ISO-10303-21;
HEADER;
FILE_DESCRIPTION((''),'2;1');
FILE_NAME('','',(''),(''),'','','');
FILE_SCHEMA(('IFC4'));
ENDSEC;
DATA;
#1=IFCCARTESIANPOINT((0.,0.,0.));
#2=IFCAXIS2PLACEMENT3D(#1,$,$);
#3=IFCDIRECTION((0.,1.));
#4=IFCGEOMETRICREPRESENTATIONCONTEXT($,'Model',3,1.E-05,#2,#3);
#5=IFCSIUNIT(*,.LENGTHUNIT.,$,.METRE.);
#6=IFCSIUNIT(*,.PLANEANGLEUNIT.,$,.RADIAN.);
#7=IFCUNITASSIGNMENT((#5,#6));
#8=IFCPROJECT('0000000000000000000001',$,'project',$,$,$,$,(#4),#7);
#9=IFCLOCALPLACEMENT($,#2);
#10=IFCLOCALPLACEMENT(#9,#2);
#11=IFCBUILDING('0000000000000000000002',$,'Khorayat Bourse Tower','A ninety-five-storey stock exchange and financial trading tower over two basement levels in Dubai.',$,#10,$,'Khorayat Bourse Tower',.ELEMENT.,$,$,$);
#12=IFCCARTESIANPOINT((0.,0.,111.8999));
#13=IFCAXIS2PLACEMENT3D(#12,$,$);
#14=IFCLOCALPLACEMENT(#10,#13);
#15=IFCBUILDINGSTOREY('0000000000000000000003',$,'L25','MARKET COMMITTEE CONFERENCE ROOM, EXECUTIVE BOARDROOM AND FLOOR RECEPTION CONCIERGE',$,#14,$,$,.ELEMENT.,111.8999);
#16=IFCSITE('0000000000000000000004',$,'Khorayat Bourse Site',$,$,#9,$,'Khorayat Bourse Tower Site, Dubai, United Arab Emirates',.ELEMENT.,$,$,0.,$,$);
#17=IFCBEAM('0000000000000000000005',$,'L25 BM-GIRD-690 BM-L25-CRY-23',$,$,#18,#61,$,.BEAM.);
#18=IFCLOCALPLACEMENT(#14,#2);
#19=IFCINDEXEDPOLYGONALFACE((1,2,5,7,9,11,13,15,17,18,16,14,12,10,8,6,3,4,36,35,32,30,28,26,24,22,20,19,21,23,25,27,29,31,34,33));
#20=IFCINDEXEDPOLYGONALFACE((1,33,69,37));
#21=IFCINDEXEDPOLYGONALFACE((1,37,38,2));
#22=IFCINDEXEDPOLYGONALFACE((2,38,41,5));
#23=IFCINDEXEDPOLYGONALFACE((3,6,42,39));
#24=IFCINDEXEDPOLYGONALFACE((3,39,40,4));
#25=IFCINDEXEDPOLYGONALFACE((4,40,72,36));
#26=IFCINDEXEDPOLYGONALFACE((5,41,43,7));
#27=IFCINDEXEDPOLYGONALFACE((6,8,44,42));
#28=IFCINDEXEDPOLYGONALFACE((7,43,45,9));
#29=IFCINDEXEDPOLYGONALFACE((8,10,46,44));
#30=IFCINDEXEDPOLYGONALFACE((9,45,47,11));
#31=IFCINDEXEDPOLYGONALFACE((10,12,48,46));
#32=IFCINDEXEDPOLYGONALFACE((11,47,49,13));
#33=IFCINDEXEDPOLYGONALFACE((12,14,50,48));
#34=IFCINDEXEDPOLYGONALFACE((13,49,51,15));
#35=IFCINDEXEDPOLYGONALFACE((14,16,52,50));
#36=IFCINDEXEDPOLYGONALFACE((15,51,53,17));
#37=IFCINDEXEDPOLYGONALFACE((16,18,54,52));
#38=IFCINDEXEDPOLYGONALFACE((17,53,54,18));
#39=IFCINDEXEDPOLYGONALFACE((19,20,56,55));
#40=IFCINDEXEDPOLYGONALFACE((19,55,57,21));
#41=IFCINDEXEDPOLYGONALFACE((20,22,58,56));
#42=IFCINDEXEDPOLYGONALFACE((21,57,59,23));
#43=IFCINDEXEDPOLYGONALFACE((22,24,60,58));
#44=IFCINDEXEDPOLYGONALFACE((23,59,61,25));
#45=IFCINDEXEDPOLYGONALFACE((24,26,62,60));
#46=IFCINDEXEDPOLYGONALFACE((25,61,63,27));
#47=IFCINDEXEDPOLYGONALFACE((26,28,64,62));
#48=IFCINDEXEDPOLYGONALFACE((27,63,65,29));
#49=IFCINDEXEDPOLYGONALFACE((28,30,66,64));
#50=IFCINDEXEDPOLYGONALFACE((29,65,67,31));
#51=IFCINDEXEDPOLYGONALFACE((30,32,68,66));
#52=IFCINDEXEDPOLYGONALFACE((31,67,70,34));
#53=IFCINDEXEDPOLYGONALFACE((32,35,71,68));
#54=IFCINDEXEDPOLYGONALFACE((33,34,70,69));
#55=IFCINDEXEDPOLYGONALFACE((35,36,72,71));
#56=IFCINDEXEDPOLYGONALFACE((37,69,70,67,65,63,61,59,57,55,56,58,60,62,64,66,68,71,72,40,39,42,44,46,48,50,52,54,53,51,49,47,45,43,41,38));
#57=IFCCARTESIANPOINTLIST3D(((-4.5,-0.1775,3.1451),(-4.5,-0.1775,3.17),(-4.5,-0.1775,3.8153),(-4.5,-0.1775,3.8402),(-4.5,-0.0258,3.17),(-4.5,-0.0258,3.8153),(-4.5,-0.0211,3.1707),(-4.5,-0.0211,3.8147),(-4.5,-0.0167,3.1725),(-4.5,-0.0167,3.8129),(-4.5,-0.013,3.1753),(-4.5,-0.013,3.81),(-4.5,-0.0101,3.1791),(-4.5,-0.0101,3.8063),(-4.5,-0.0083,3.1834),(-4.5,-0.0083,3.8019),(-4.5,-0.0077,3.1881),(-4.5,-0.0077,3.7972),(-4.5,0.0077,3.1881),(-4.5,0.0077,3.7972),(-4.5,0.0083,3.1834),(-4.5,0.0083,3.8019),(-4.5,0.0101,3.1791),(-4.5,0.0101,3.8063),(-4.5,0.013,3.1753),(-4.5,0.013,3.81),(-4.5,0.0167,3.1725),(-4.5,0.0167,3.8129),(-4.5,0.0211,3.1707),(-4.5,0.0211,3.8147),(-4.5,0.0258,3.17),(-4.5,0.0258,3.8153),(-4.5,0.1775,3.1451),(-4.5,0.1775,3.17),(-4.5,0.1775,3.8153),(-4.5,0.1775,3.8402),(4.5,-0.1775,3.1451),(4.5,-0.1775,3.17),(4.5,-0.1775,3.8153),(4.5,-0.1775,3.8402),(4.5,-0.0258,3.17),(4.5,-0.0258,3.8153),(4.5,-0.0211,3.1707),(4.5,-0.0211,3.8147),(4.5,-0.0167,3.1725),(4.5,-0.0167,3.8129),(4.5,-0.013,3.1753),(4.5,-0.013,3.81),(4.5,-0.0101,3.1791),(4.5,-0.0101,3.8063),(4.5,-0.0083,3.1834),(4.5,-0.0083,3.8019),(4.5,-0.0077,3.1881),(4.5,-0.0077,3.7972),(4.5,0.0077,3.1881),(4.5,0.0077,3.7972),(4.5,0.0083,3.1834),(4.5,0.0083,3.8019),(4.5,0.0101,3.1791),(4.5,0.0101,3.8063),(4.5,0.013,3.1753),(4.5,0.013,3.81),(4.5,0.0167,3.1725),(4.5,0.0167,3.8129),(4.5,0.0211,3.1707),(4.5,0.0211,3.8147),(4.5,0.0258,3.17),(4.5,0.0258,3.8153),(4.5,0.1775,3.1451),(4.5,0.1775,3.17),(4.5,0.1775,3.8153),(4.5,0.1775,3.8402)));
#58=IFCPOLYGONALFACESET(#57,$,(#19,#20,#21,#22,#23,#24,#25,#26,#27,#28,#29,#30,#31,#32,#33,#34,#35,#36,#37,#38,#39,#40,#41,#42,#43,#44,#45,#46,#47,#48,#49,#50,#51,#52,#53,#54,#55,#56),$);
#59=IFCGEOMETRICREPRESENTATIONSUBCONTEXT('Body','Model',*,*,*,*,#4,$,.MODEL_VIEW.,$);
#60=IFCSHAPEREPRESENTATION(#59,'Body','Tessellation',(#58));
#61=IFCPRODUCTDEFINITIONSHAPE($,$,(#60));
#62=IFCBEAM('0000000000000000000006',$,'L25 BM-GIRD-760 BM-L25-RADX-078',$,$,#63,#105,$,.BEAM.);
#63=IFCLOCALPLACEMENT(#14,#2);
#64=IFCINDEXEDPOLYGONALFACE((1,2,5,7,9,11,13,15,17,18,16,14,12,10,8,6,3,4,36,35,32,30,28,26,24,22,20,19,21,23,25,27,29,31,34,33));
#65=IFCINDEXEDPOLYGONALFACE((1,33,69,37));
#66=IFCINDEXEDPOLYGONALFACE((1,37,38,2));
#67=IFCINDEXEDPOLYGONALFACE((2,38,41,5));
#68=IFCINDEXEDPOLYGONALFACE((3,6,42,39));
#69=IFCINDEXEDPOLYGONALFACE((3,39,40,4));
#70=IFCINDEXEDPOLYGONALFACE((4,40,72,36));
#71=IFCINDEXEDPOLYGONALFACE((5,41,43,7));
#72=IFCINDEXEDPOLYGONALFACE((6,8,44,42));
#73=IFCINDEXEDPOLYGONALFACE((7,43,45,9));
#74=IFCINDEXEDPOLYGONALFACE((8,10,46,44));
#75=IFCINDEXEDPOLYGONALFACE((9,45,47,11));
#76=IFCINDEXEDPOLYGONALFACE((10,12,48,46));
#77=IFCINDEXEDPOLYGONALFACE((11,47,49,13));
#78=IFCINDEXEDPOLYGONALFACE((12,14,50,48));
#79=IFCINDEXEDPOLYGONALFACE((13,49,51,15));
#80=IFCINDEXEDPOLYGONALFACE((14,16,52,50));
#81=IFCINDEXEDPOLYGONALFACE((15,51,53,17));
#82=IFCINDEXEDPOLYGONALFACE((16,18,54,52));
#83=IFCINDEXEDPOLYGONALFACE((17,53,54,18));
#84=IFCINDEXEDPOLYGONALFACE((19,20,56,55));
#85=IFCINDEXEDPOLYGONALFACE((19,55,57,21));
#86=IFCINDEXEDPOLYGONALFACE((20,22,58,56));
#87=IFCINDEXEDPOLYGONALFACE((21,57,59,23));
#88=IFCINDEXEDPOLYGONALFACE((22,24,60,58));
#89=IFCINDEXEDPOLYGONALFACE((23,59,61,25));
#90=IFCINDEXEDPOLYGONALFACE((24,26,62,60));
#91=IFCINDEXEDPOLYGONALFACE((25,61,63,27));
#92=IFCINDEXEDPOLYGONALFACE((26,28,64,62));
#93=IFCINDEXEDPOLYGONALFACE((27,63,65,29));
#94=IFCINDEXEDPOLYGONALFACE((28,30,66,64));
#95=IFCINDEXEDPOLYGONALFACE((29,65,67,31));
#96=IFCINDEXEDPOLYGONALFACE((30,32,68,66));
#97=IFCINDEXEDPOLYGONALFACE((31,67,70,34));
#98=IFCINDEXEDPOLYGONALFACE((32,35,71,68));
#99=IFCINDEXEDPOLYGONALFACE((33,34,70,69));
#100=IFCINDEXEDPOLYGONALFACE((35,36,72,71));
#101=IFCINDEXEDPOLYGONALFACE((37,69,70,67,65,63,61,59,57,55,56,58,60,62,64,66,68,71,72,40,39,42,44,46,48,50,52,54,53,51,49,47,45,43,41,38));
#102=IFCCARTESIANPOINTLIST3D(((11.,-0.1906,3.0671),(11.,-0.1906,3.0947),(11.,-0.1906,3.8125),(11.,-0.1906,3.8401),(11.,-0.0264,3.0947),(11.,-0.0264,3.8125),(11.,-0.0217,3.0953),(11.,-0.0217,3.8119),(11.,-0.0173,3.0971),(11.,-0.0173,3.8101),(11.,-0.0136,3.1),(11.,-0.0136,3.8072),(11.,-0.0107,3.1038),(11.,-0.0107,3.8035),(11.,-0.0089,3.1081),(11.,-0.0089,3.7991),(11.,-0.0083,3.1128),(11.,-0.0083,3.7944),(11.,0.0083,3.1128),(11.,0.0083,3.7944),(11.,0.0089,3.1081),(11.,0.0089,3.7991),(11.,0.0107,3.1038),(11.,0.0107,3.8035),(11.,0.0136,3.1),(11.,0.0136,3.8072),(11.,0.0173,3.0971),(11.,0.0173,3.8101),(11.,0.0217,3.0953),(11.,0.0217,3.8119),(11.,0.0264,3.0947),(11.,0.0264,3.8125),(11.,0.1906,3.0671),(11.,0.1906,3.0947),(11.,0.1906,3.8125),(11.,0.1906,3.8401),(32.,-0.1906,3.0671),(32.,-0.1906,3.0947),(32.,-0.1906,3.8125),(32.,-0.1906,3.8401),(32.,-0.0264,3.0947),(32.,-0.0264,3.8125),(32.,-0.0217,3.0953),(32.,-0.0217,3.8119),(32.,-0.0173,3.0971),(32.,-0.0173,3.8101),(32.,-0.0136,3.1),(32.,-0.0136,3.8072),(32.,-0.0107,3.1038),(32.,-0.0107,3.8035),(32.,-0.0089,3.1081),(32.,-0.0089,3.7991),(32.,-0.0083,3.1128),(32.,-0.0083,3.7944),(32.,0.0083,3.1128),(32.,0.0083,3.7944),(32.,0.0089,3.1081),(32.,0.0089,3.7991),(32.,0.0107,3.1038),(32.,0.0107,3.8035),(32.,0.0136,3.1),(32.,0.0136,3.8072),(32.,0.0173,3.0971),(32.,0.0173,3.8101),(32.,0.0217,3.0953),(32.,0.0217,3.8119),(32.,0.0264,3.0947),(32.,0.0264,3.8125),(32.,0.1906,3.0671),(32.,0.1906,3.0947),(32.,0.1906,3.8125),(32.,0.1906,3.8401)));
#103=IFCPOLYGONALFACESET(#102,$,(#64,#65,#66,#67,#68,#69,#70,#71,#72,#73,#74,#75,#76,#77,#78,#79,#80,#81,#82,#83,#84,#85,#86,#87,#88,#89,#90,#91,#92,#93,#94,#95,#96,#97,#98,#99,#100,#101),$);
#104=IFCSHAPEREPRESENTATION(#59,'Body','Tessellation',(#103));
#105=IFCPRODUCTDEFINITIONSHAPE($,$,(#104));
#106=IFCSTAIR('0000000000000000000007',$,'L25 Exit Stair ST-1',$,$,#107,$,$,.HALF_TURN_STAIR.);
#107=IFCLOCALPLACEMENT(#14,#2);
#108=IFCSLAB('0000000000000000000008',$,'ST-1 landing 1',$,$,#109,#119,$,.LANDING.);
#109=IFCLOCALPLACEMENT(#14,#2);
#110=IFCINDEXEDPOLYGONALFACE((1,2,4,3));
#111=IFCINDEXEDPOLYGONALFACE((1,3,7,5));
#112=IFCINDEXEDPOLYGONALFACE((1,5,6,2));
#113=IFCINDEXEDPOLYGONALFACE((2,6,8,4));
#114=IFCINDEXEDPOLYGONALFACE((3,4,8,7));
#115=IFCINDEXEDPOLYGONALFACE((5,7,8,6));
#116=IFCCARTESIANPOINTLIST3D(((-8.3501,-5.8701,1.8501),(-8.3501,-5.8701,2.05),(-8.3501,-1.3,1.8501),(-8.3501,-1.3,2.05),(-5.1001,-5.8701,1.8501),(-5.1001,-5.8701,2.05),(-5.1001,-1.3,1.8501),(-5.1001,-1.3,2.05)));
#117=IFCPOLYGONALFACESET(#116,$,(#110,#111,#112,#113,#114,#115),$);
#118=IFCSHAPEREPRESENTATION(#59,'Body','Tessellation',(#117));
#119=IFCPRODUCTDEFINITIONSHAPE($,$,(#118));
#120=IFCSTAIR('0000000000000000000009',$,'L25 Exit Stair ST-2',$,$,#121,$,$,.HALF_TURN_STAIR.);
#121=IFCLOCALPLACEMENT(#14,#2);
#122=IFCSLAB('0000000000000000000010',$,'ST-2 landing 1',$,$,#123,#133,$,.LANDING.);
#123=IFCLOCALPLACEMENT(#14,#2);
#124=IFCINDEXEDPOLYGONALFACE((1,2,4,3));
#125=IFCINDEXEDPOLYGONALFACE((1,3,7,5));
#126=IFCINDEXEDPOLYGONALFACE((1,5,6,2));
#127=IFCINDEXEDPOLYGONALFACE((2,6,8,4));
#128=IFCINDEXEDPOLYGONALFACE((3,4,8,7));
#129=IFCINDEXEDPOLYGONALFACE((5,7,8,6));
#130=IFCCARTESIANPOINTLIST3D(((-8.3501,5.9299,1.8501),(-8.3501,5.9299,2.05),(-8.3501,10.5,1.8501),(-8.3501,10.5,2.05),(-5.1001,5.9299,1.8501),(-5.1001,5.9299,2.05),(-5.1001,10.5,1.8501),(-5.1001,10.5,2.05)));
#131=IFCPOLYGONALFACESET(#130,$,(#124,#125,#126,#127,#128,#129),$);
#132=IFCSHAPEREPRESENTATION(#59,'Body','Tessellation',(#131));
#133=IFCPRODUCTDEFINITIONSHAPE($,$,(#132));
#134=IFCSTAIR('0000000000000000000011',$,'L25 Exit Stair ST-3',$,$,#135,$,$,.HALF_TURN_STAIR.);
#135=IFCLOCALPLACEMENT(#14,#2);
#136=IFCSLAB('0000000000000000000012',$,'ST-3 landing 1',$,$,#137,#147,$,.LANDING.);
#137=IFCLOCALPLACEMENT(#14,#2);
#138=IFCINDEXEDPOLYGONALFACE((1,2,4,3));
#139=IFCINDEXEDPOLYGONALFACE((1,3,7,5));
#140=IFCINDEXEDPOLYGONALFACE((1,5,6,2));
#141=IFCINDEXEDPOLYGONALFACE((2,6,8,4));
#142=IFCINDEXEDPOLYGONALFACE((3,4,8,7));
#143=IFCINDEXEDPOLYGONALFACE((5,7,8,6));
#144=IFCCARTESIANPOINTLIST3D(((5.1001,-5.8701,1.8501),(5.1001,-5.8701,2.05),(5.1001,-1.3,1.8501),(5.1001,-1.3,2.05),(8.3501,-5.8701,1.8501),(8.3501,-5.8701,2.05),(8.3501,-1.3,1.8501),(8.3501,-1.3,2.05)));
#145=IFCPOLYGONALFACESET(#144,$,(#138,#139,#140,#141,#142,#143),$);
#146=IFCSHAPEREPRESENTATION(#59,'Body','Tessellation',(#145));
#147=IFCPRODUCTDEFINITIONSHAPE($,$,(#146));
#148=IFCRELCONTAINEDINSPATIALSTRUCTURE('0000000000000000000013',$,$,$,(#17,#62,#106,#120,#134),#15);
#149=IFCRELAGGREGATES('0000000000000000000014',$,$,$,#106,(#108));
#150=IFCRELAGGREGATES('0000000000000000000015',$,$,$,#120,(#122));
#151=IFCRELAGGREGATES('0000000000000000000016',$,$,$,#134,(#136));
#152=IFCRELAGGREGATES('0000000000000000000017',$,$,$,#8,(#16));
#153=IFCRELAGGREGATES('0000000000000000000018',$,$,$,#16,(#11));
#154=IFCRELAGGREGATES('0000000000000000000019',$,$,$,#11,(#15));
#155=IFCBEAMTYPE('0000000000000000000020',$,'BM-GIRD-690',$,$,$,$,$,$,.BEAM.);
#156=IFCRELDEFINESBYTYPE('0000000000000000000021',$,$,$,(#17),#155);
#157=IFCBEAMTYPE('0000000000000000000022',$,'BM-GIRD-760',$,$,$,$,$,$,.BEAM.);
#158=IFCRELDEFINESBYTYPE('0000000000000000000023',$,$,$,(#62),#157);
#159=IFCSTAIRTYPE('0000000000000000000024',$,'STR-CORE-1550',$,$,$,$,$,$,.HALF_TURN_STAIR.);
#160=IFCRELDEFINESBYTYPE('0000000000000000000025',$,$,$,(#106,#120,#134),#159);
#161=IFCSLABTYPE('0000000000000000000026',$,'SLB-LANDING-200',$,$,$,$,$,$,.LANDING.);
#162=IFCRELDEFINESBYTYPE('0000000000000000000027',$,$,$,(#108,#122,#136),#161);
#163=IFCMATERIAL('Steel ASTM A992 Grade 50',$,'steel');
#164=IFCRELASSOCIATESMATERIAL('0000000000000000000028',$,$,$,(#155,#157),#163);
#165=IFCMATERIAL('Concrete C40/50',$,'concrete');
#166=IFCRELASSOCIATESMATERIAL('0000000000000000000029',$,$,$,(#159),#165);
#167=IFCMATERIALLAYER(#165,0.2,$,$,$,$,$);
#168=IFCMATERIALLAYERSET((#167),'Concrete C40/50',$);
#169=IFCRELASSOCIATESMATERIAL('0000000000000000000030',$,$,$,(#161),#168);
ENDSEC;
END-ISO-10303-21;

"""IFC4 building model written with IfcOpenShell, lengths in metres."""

from ifc_helpers import new_model, si_unit, direction, frame, origin, origin_2d, place, context, subcontext, project, spatial, polyline, i_section, outline, extrude, source, transform, mapped, material, layer, layer_set, material_profile, profile_set, type_object, element, aggregate, save


model = new_model("IFC4")

# Units and contexts
model_context = context("Model", 3, precision=1e-05, world=origin(), true_north=direction((0.0, 1.0)))
body_context = subcontext(model_context, "Body", "Model", "MODEL_VIEW")
ifc_project = project(units=[si_unit("LENGTHUNIT", "METRE"), si_unit("PLANEANGLEUNIT", "RADIAN")], contexts=[model_context])

# Site, building, storey
site_placement = place(None, origin())
site = spatial("IfcSite", under=ifc_project, at=site_placement, Name="Khorayat Bourse Site", LongName="Khorayat Bourse Tower Site, Dubai, United Arab Emirates", CompositionType="ELEMENT", RefElevation=0.0)
building_placement = place(site_placement, origin())
building = spatial("IfcBuilding", under=site, at=building_placement, Name="Khorayat Bourse Tower", Description="A ninety-five-storey stock exchange and financial trading tower over two basement levels in Dubai.", LongName="Khorayat Bourse Tower", CompositionType="ELEMENT")
storey_placement = place(building_placement, frame((0.0, 0.0, 111.8999)))
storey = spatial("IfcBuildingStorey", under=building, at=storey_placement, Name="L25", Description="MARKET COMMITTEE CONFERENCE ROOM, EXECUTIVE BOARDROOM AND FLOOR RECEPTION CONCIERGE", CompositionType="ELEMENT", Elevation=111.8999)

# Beams
ifc_material_1 = material(Name="Steel ASTM A992 Grade 50", Category="steel")
ifc_material_profile_1 = material_profile(ifc_material_1, i_section(OverallWidth=0.355, OverallDepth=0.6951, WebThickness=0.0154, FlangeThickness=0.0249, FilletRadius=0.0181, at=origin_2d()), Name="W690X217")
ifc_profile_set_1 = profile_set([ifc_material_profile_1], Name="Steel ASTM A992 Grade 50")
beam_type_1 = type_object("IfcBeamType", Name="BM-GIRD-690", PredefinedType="BEAM", material=ifc_profile_set_1)
shared_shape_1 = source(origin(), body_context, "Body", "SweptSolid", [
    extrude(i_section(OverallWidth=0.355, OverallDepth=0.6951, WebThickness=0.0154, FlangeThickness=0.0249, FilletRadius=0.0181, at=origin_2d()), origin(), (0.0, 0.0, 1.0), 9.0),
])
beam_1_placement = place(storey_placement, frame((-4.5, 0.0, 3.4927), z_axis=(1.0, 0.0, 0.0), x_axis=(0.0, 1.0, 0.0)))
element("IfcBeam", 1, at=beam_1_placement, inside=storey, type_object=beam_type_1, Name="L25 BM-GIRD-690 BM-L25-CRY-23", PredefinedType="BEAM", context=body_context, shape_type="MappedRepresentation", body=[
    mapped(shared_shape_1, transform((0.0, 0.0, 0.0), scale=1.0)),
])
ifc_material_profile_2 = material_profile(ifc_material_1, i_section(OverallWidth=0.3811, OverallDepth=0.7729, WebThickness=0.0166, FlangeThickness=0.0276, FilletRadius=0.0181, at=origin_2d()), Name="W760X257")
ifc_profile_set_2 = profile_set([ifc_material_profile_2], Name="Steel ASTM A992 Grade 50")
beam_type_2 = type_object("IfcBeamType", Name="BM-GIRD-760", PredefinedType="BEAM", material=ifc_profile_set_2)
shared_shape_2 = source(origin(), body_context, "Body", "SweptSolid", [
    extrude(i_section(OverallWidth=0.3811, OverallDepth=0.7729, WebThickness=0.0166, FlangeThickness=0.0276, FilletRadius=0.0181, at=origin_2d()), origin(), (0.0, 0.0, 1.0), 21.0),
])
beam_2_placement = place(storey_placement, frame((11.0, 0.0, 3.4536), z_axis=(1.0, 0.0, 0.0), x_axis=(0.0, 1.0, 0.0)))
element("IfcBeam", 2, at=beam_2_placement, inside=storey, type_object=beam_type_2, Name="L25 BM-GIRD-760 BM-L25-RADX-078", PredefinedType="BEAM", context=body_context, shape_type="MappedRepresentation", body=[
    mapped(shared_shape_2, transform((0.0, 0.0, 0.0), scale=1.0)),
])

# Stairs, slabs
ifc_material_2 = material(Name="Concrete C40/50", Category="concrete")
stair_type = type_object("IfcStairType", Name="STR-CORE-1550", PredefinedType="HALF_TURN_STAIR", material=ifc_material_2)
stair_1_placement = place(storey_placement, origin())
stair_1 = element("IfcStair", 3, at=stair_1_placement, inside=storey, type_object=stair_type, Name="L25 Exit Stair ST-1", PredefinedType="HALF_TURN_STAIR")
ifc_layer_1 = layer(ifc_material_2, 0.2)
ifc_layer_set_1 = layer_set([ifc_layer_1], Name="Concrete C40/50")
slab_type_1 = type_object("IfcSlabType", Name="SLB-LANDING-200", PredefinedType="LANDING", material=ifc_layer_set_1)
slab_1_placement = place(storey_placement, frame((0.0, 0.0, 1.8501)))
slab_1 = element("IfcSlab", 4, at=slab_1_placement, type_object=slab_type_1, Name="ST-1 landing 1", PredefinedType="LANDING", context=body_context, shape_type="SweptSolid", body=[
    extrude(outline(polyline([(-5.1001, -5.8701), (-5.1001, -1.3), (-8.3501, -1.3), (-8.3501, -5.8701), (-5.1001, -5.8701)])), origin(), (0.0, 0.0, 1.0), 0.2),
])
aggregate(stair_1, [slab_1])
stair_2_placement = place(storey_placement, origin())
stair_2 = element("IfcStair", 5, at=stair_2_placement, inside=storey, type_object=stair_type, Name="L25 Exit Stair ST-2", PredefinedType="HALF_TURN_STAIR")
slab_2_placement = place(storey_placement, frame((0.0, 0.0, 1.8501)))
slab_2 = element("IfcSlab", 6, at=slab_2_placement, type_object=slab_type_1, Name="ST-2 landing 1", PredefinedType="LANDING", context=body_context, shape_type="SweptSolid", body=[
    extrude(outline(polyline([(-5.1001, 5.9299), (-5.1001, 10.5), (-8.3501, 10.5), (-8.3501, 5.9299), (-5.1001, 5.9299)])), origin(), (0.0, 0.0, 1.0), 0.2),
])
aggregate(stair_2, [slab_2])
stair_3_placement = place(storey_placement, origin())
stair_3 = element("IfcStair", 7, at=stair_3_placement, inside=storey, type_object=stair_type, Name="L25 Exit Stair ST-3", PredefinedType="HALF_TURN_STAIR")
slab_3_placement = place(storey_placement, frame((0.0, 0.0, 1.8501)))
slab_3 = element("IfcSlab", 8, at=slab_3_placement, type_object=slab_type_1, Name="ST-3 landing 1", PredefinedType="LANDING", context=body_context, shape_type="SweptSolid", body=[
    extrude(outline(polyline([(8.3501, -5.8701), (8.3501, -1.3), (5.1001, -1.3), (5.1001, -5.8701), (8.3501, -5.8701)])), origin(), (0.0, 0.0, 1.0), 0.2),
])
aggregate(stair_3, [slab_3])

save(model, "model.ifc")
